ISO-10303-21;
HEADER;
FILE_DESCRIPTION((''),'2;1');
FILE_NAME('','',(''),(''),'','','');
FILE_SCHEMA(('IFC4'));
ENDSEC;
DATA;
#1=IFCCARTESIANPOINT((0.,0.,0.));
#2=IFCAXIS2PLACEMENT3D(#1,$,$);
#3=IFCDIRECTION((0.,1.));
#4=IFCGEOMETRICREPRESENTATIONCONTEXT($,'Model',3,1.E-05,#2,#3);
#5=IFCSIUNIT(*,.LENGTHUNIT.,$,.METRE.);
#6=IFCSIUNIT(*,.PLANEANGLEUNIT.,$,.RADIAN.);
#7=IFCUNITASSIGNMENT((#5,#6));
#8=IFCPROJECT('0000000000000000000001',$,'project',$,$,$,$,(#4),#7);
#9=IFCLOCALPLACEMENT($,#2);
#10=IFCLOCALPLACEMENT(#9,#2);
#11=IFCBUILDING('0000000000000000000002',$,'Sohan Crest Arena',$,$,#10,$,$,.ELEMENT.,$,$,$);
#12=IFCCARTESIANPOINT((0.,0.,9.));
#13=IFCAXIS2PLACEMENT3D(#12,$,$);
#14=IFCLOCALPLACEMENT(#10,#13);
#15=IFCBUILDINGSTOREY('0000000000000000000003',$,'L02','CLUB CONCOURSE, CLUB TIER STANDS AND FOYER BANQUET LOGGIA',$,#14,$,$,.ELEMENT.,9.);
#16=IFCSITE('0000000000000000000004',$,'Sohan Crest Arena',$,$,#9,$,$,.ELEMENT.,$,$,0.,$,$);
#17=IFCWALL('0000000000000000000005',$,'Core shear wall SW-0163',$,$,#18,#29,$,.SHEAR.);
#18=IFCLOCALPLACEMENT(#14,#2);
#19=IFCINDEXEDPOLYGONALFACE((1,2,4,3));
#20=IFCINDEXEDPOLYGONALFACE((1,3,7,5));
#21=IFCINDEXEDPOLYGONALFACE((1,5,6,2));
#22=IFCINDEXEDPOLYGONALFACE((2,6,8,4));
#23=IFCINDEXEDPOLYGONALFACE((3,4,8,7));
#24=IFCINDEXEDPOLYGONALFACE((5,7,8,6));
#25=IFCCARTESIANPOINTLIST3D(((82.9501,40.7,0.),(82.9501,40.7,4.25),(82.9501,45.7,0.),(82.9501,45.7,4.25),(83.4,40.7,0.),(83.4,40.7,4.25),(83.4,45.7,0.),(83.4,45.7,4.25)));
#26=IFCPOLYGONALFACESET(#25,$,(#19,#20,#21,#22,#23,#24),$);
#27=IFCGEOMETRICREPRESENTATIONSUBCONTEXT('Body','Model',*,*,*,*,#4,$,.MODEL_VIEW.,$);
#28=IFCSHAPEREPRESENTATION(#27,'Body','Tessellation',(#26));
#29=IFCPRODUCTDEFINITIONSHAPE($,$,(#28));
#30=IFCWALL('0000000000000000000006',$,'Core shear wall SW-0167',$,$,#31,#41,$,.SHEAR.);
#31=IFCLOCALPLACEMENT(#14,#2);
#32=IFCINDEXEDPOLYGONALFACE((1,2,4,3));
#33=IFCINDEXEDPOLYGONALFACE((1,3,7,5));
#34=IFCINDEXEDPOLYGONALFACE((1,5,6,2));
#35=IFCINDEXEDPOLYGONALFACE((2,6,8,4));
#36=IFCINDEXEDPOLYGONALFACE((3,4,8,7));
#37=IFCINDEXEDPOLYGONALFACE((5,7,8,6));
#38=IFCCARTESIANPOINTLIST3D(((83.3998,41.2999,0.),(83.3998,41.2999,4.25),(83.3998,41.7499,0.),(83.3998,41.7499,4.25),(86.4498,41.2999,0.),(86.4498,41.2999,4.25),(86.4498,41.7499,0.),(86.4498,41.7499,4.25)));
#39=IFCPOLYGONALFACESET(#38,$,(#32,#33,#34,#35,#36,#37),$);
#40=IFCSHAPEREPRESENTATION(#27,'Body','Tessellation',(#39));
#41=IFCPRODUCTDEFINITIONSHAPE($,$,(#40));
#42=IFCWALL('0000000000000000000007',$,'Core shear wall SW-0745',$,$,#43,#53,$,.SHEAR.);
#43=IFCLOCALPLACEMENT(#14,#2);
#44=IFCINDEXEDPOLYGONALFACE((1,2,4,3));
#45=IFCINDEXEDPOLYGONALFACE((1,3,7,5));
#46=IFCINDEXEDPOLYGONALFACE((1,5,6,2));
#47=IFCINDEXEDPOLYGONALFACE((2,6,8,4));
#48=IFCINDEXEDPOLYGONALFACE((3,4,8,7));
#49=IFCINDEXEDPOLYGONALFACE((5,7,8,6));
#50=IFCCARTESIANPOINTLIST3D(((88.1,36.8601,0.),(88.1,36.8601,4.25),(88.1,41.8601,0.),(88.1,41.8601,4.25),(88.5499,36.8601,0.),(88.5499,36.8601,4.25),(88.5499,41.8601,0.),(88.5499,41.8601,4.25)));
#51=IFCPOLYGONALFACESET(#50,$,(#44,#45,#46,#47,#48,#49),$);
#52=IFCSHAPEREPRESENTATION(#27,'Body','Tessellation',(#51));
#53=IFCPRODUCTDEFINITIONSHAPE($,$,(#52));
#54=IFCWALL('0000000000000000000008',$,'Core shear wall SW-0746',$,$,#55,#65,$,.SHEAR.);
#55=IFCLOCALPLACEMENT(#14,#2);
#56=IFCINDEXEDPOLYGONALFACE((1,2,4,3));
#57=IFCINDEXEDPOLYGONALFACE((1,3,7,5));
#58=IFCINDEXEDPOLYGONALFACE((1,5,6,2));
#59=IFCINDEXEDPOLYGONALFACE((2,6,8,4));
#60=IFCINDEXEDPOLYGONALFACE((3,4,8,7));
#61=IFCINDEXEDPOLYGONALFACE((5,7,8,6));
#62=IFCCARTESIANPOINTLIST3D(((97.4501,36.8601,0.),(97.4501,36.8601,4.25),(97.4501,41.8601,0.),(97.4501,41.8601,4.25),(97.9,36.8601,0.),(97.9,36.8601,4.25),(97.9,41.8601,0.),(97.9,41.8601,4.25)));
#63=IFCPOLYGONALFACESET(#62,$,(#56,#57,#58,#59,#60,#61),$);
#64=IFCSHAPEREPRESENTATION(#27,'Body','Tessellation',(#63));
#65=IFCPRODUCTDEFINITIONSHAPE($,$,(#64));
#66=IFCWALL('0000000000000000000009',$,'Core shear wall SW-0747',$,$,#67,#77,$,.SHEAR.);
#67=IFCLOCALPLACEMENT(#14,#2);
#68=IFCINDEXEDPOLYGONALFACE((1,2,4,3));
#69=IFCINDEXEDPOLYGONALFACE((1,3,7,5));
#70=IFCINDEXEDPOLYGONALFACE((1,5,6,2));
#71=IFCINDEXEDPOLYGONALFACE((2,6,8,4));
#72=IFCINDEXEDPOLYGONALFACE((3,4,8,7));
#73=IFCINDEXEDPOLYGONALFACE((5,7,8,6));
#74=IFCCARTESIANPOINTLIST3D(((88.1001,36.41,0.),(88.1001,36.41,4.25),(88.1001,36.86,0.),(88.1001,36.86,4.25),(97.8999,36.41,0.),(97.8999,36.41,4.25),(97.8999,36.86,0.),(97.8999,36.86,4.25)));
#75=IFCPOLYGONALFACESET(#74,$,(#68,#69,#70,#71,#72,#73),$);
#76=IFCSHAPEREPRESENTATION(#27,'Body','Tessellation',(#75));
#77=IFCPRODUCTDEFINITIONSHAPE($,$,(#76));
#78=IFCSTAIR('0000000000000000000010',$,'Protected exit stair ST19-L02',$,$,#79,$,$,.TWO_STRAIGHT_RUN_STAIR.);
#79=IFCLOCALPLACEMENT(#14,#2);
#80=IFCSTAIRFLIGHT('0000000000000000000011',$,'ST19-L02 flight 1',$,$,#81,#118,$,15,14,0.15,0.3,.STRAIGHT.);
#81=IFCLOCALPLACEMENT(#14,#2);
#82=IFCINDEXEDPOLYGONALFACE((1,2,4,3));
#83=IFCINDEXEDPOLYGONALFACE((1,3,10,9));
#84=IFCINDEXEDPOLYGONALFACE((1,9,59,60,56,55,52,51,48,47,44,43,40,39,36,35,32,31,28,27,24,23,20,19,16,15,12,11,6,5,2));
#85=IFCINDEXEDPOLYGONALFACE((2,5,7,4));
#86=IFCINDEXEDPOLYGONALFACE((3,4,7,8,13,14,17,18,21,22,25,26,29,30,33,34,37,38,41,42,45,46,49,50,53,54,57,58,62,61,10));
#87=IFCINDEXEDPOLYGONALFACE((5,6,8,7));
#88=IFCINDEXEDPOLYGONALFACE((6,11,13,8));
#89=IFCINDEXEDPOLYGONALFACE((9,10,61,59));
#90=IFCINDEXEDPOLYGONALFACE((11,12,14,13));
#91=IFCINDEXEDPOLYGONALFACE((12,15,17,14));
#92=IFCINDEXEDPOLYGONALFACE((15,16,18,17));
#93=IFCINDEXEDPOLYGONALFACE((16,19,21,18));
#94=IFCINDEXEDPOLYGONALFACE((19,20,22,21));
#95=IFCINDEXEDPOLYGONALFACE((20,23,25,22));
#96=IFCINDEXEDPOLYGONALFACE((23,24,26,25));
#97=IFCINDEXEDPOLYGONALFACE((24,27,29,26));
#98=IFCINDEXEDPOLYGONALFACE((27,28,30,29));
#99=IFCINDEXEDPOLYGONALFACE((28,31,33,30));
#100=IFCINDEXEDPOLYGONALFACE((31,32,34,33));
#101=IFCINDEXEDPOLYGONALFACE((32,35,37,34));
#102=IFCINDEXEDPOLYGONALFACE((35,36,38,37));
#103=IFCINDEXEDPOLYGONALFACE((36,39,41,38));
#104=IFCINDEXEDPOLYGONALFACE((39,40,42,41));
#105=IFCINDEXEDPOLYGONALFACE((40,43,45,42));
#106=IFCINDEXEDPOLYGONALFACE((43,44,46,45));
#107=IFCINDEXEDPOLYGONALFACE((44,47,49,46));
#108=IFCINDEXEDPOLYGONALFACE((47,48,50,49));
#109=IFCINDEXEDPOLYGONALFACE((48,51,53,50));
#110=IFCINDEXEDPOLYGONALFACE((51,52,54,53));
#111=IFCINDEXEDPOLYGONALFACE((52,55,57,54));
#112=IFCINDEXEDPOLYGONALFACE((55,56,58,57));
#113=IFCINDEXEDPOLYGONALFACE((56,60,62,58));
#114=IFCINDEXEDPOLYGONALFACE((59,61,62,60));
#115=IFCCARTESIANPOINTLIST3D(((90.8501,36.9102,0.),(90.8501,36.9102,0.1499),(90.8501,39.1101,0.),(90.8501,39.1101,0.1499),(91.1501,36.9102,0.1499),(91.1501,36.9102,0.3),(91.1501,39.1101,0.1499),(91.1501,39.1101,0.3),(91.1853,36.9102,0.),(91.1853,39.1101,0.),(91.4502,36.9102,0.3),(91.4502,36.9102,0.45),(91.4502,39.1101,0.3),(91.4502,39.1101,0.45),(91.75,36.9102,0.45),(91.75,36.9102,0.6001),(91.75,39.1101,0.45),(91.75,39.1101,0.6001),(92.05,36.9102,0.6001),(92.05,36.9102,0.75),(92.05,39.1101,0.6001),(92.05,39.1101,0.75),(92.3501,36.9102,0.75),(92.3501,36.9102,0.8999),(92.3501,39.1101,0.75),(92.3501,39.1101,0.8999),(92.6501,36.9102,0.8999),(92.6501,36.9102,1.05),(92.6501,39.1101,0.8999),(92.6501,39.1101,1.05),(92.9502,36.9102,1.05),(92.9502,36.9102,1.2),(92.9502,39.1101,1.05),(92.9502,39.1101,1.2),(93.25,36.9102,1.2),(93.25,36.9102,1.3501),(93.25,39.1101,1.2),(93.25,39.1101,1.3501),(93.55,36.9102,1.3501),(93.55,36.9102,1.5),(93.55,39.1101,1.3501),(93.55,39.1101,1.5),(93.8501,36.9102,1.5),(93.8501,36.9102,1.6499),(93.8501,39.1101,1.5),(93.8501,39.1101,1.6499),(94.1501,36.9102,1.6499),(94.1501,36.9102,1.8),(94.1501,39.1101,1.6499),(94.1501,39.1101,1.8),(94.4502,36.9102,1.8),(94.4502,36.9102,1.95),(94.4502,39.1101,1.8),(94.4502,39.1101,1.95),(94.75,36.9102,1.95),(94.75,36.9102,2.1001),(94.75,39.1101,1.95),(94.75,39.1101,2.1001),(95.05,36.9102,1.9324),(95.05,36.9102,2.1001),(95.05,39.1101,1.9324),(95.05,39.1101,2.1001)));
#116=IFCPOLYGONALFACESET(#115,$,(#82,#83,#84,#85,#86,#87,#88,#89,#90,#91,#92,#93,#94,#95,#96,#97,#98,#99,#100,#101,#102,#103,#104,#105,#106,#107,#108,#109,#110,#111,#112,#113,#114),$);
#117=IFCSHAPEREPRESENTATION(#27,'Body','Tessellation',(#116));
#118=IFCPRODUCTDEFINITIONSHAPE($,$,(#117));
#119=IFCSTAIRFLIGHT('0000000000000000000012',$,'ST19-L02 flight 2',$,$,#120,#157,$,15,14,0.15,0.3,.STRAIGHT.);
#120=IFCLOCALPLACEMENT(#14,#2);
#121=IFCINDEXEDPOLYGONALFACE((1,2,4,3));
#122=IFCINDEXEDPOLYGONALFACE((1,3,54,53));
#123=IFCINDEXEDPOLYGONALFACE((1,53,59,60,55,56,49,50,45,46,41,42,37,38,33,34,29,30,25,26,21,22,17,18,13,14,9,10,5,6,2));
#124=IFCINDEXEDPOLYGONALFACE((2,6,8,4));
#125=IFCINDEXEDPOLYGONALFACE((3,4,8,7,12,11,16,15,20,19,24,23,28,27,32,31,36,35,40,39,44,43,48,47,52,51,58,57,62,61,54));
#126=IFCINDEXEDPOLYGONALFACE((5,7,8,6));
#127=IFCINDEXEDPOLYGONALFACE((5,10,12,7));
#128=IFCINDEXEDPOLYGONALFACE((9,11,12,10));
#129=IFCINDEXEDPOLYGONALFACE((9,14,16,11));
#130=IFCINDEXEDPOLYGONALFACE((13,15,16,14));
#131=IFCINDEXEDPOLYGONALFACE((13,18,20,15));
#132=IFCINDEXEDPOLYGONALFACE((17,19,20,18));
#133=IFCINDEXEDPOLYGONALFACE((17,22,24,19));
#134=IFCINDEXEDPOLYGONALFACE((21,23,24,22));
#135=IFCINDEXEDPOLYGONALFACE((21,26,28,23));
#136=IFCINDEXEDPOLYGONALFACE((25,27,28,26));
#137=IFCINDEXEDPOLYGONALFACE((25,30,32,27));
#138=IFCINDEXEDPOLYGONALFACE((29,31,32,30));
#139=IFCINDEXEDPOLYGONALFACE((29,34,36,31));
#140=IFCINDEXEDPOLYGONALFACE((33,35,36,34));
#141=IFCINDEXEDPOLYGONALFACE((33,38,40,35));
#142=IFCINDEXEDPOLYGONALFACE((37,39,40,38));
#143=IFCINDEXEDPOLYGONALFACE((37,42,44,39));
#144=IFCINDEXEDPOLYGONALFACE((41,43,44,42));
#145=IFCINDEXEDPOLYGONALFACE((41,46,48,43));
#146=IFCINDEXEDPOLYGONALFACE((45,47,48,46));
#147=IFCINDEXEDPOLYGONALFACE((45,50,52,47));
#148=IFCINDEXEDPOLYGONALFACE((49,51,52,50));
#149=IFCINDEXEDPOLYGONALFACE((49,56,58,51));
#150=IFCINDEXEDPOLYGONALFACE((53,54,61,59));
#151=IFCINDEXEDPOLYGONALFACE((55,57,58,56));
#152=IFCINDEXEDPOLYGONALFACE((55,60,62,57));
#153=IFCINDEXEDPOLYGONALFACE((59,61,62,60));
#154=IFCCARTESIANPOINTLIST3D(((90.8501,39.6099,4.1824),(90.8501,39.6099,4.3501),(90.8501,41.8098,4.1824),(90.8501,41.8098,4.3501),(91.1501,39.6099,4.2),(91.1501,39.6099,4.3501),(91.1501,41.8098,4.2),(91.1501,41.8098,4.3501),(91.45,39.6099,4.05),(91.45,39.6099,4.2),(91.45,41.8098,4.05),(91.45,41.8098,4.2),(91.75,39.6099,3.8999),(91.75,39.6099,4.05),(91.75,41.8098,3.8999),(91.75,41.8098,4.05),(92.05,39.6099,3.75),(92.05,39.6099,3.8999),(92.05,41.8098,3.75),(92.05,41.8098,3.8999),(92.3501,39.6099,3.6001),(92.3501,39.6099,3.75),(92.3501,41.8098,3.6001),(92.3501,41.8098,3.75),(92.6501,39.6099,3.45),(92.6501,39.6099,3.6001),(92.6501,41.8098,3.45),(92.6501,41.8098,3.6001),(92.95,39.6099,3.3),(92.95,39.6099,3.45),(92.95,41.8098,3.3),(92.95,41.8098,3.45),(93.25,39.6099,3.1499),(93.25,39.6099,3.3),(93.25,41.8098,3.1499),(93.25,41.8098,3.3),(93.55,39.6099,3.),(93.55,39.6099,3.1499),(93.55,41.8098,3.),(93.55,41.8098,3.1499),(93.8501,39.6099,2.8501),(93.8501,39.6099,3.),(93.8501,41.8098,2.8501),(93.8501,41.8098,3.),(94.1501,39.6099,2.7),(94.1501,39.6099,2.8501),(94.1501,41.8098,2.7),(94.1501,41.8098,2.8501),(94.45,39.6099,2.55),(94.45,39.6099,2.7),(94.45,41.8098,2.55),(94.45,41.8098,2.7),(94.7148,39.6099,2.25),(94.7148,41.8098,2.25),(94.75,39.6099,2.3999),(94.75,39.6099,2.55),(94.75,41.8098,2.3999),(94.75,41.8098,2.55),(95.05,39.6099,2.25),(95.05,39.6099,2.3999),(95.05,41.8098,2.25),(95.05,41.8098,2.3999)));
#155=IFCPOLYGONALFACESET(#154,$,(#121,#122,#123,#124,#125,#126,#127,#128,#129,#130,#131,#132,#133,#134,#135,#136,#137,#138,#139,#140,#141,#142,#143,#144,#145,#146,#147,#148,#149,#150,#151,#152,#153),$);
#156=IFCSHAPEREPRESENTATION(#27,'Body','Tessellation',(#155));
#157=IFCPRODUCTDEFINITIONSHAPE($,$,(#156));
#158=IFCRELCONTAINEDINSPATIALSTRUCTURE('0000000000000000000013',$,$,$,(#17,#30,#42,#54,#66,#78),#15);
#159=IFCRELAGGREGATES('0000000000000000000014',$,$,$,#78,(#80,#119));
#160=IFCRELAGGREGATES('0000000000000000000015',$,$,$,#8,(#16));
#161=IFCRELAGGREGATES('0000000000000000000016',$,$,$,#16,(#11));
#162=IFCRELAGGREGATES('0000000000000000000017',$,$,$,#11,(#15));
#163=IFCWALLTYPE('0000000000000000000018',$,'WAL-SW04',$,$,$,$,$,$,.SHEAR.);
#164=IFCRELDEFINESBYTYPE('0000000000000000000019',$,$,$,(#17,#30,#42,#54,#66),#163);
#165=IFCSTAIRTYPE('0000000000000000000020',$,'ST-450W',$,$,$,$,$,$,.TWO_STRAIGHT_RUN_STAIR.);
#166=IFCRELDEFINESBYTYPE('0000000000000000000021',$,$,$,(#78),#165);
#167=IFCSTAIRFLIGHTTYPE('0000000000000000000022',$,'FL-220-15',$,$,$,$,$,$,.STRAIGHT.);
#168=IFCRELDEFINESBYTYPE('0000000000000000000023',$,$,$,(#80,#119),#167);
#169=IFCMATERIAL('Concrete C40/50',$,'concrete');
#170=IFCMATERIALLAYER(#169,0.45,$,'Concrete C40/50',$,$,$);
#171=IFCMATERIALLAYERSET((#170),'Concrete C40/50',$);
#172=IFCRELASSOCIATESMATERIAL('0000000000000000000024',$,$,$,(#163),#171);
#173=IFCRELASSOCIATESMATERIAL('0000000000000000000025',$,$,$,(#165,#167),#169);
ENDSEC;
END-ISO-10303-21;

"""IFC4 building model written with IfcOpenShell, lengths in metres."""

from ifc_helpers import new_model, si_unit, direction, frame, frame_2d, origin, place, context, subcontext, project, spatial, polyline, rectangle, outline, extrude, material, layer, layer_set, type_object, element, aggregate, save


model = new_model("IFC4")

# Units and contexts
model_context = context("Model", 3, precision=1e-05, world=origin(), true_north=direction((0.0, 1.0)))
body_context = subcontext(model_context, "Body", "Model", "MODEL_VIEW")
ifc_project = project(units=[si_unit("LENGTHUNIT", "METRE"), si_unit("PLANEANGLEUNIT", "RADIAN")], contexts=[model_context])

# Site, building, storey
site_placement = place(None, origin())
site = spatial("IfcSite", under=ifc_project, at=site_placement, Name="Sohan Crest Arena", CompositionType="ELEMENT", RefElevation=0.0)
building_placement = place(site_placement, origin())
building = spatial("IfcBuilding", under=site, at=building_placement, Name="Sohan Crest Arena", CompositionType="ELEMENT")
storey_placement = place(building_placement, frame((0.0, 0.0, 9.0)))
storey = spatial("IfcBuildingStorey", under=building, at=storey_placement, Name="L02", Description="CLUB CONCOURSE, CLUB TIER STANDS AND FOYER BANQUET LOGGIA", CompositionType="ELEMENT", Elevation=9.0)

# Walls
ifc_material_1 = material(Name="Concrete C40/50", Category="concrete")
ifc_layer_1 = layer(ifc_material_1, 0.45, Name="Concrete C40/50")
ifc_layer_set_1 = layer_set([ifc_layer_1], Name="Concrete C40/50")
wall_type_1 = type_object("IfcWallType", Name="WAL-SW04", PredefinedType="SHEAR", material=ifc_layer_set_1)
wall_1_placement = place(storey_placement, frame((83.175, 40.7, 0.0), z_axis=(0.0, 0.0, 1.0), x_axis=(0.0, 1.0, 0.0)))
element("IfcWall", 1, at=wall_1_placement, inside=storey, type_object=wall_type_1, Name="Core shear wall SW-0163", PredefinedType="SHEAR", context=body_context, shape_type="SweptSolid", body=[
    extrude(rectangle(XDim=5.0, YDim=0.45, at=frame_2d((2.5, 0.0))), origin(), (0.0, 0.0, 1.0), 4.25),
])
wall_2_placement = place(storey_placement, frame((83.3999, 41.5249, 0.0), z_axis=(0.0, 0.0, 1.0), x_axis=(1.0, 0.0, 0.0)))
element("IfcWall", 2, at=wall_2_placement, inside=storey, type_object=wall_type_1, Name="Core shear wall SW-0167", PredefinedType="SHEAR", context=body_context, shape_type="SweptSolid", body=[
    extrude(rectangle(XDim=3.05, YDim=0.45, at=frame_2d((1.5249, 0.0))), origin(), (0.0, 0.0, 1.0), 4.25),
])
for number, where, z_axis, x_axis, name in (
    (3, (88.325, 36.8601, 0.0), (0.0, 0.0, 1.0), (0.0, 1.0, 0.0), "Core shear wall SW-0745"),
    (4, (97.675, 36.8601, 0.0), (0.0, 0.0, 1.0), (0.0, 1.0, 0.0), "Core shear wall SW-0746"),
):
    element("IfcWall", number, at=place(storey_placement, frame(where, z_axis=z_axis, x_axis=x_axis)), inside=storey, type_object=wall_type_1, Name=name, PredefinedType="SHEAR", context=body_context, shape_type="SweptSolid", body=[
        extrude(rectangle(XDim=5.0, YDim=0.45, at=frame_2d((2.5, 0.0))), origin(), (0.0, 0.0, 1.0), 4.25),
    ])
wall_3_placement = place(storey_placement, frame((88.1001, 36.635, 0.0), z_axis=(0.0, 0.0, 1.0), x_axis=(1.0, 0.0, 0.0)))
element("IfcWall", 5, at=wall_3_placement, inside=storey, type_object=wall_type_1, Name="Core shear wall SW-0747", PredefinedType="SHEAR", context=body_context, shape_type="SweptSolid", body=[
    extrude(rectangle(XDim=9.7998, YDim=0.45, at=frame_2d((4.8999, 0.0))), origin(), (0.0, 0.0, 1.0), 4.25),
])

# Stair, stair flights
stair_type = type_object("IfcStairType", Name="ST-450W", PredefinedType="TWO_STRAIGHT_RUN_STAIR", material=ifc_material_1)
stair_placement = place(storey_placement, origin())
stair = element("IfcStair", 6, at=stair_placement, inside=storey, type_object=stair_type, Name="Protected exit stair ST19-L02", PredefinedType="TWO_STRAIGHT_RUN_STAIR")
stair_flight_type = type_object("IfcStairFlightType", Name="FL-220-15", PredefinedType="STRAIGHT", material=ifc_material_1)
stair_flight_1_placement = place(storey_placement, frame((90.8501, 38.01, 0.0), z_axis=(0.0, 0.0, 1.0), x_axis=(1.0, 0.0, 0.0)))
stair_flight_1 = element("IfcStairFlight", 7, at=stair_flight_1_placement, type_object=stair_flight_type, Name="ST19-L02 flight 1", NumberOfRisers=15, NumberOfTreads=14, PredefinedType="STRAIGHT", RiserHeight=0.15, TreadLength=0.3, context=body_context, shape_type="SweptSolid", body=[
    extrude(outline(polyline([(0.0, 0.0), (0.0, 0.1499), (0.3, 0.1499), (0.3, 0.3), (0.6001, 0.3), (0.6001, 0.45), (0.8999, 0.45), (0.8999, 0.6001), (1.2, 0.6001), (1.2, 0.75), (1.5, 0.75), (1.5, 0.8999), (1.8, 0.8999), (1.8, 1.05), (2.1001, 1.05), (2.1001, 1.2), (2.3999, 1.2), (2.3999, 1.3501), (2.7, 1.3501), (2.7, 1.5), (3.0, 1.5), (3.0, 1.6499), (3.3, 1.6499), (3.3, 1.8), (3.6001, 1.8), (3.6001, 1.95), (3.8999, 1.95), (3.8999, 2.1001), (4.2, 2.1001), (4.2, 2.25), (4.2, 1.9324), (0.3352, 0.0), (0.0, 0.0)])), frame((0.0, 1.1001, 0.0), z_axis=(0.0, -1.0, 0.0), x_axis=(1.0, 0.0, 0.0)), (0.0, 0.0, 1.0), 2.2),
])
stair_flight_2_placement = place(storey_placement, frame((95.05, 40.71, 2.25), z_axis=(0.0, 0.0, 1.0), x_axis=(-1.0, 0.0, 0.0)))
stair_flight_2 = element("IfcStairFlight", 8, at=stair_flight_2_placement, type_object=stair_flight_type, Name="ST19-L02 flight 2", NumberOfRisers=15, NumberOfTreads=14, PredefinedType="STRAIGHT", RiserHeight=0.15, TreadLength=0.3, context=body_context, shape_type="SweptSolid", body=[
    extrude(outline(polyline([(0.0, 0.0), (0.0, 0.1499), (0.3, 0.1499), (0.3, 0.3), (0.6001, 0.3), (0.6001, 0.45), (0.8999, 0.45), (0.8999, 0.6001), (1.2, 0.6001), (1.2, 0.75), (1.5, 0.75), (1.5, 0.8999), (1.8, 0.8999), (1.8, 1.05), (2.1001, 1.05), (2.1001, 1.2), (2.3999, 1.2), (2.3999, 1.3501), (2.7, 1.3501), (2.7, 1.5), (3.0, 1.5), (3.0, 1.6499), (3.3, 1.6499), (3.3, 1.8), (3.6001, 1.8), (3.6001, 1.95), (3.8999, 1.95), (3.8999, 2.1001), (4.2, 2.1001), (4.2, 2.25), (4.2, 1.9324), (0.3352, 0.0), (0.0, 0.0)])), frame((0.0, 1.1001, 0.0), z_axis=(0.0, -1.0, 0.0), x_axis=(1.0, 0.0, 0.0)), (0.0, 0.0, 1.0), 2.2),
])
aggregate(stair, [stair_flight_1, stair_flight_2])

save(model, "model.ifc")
